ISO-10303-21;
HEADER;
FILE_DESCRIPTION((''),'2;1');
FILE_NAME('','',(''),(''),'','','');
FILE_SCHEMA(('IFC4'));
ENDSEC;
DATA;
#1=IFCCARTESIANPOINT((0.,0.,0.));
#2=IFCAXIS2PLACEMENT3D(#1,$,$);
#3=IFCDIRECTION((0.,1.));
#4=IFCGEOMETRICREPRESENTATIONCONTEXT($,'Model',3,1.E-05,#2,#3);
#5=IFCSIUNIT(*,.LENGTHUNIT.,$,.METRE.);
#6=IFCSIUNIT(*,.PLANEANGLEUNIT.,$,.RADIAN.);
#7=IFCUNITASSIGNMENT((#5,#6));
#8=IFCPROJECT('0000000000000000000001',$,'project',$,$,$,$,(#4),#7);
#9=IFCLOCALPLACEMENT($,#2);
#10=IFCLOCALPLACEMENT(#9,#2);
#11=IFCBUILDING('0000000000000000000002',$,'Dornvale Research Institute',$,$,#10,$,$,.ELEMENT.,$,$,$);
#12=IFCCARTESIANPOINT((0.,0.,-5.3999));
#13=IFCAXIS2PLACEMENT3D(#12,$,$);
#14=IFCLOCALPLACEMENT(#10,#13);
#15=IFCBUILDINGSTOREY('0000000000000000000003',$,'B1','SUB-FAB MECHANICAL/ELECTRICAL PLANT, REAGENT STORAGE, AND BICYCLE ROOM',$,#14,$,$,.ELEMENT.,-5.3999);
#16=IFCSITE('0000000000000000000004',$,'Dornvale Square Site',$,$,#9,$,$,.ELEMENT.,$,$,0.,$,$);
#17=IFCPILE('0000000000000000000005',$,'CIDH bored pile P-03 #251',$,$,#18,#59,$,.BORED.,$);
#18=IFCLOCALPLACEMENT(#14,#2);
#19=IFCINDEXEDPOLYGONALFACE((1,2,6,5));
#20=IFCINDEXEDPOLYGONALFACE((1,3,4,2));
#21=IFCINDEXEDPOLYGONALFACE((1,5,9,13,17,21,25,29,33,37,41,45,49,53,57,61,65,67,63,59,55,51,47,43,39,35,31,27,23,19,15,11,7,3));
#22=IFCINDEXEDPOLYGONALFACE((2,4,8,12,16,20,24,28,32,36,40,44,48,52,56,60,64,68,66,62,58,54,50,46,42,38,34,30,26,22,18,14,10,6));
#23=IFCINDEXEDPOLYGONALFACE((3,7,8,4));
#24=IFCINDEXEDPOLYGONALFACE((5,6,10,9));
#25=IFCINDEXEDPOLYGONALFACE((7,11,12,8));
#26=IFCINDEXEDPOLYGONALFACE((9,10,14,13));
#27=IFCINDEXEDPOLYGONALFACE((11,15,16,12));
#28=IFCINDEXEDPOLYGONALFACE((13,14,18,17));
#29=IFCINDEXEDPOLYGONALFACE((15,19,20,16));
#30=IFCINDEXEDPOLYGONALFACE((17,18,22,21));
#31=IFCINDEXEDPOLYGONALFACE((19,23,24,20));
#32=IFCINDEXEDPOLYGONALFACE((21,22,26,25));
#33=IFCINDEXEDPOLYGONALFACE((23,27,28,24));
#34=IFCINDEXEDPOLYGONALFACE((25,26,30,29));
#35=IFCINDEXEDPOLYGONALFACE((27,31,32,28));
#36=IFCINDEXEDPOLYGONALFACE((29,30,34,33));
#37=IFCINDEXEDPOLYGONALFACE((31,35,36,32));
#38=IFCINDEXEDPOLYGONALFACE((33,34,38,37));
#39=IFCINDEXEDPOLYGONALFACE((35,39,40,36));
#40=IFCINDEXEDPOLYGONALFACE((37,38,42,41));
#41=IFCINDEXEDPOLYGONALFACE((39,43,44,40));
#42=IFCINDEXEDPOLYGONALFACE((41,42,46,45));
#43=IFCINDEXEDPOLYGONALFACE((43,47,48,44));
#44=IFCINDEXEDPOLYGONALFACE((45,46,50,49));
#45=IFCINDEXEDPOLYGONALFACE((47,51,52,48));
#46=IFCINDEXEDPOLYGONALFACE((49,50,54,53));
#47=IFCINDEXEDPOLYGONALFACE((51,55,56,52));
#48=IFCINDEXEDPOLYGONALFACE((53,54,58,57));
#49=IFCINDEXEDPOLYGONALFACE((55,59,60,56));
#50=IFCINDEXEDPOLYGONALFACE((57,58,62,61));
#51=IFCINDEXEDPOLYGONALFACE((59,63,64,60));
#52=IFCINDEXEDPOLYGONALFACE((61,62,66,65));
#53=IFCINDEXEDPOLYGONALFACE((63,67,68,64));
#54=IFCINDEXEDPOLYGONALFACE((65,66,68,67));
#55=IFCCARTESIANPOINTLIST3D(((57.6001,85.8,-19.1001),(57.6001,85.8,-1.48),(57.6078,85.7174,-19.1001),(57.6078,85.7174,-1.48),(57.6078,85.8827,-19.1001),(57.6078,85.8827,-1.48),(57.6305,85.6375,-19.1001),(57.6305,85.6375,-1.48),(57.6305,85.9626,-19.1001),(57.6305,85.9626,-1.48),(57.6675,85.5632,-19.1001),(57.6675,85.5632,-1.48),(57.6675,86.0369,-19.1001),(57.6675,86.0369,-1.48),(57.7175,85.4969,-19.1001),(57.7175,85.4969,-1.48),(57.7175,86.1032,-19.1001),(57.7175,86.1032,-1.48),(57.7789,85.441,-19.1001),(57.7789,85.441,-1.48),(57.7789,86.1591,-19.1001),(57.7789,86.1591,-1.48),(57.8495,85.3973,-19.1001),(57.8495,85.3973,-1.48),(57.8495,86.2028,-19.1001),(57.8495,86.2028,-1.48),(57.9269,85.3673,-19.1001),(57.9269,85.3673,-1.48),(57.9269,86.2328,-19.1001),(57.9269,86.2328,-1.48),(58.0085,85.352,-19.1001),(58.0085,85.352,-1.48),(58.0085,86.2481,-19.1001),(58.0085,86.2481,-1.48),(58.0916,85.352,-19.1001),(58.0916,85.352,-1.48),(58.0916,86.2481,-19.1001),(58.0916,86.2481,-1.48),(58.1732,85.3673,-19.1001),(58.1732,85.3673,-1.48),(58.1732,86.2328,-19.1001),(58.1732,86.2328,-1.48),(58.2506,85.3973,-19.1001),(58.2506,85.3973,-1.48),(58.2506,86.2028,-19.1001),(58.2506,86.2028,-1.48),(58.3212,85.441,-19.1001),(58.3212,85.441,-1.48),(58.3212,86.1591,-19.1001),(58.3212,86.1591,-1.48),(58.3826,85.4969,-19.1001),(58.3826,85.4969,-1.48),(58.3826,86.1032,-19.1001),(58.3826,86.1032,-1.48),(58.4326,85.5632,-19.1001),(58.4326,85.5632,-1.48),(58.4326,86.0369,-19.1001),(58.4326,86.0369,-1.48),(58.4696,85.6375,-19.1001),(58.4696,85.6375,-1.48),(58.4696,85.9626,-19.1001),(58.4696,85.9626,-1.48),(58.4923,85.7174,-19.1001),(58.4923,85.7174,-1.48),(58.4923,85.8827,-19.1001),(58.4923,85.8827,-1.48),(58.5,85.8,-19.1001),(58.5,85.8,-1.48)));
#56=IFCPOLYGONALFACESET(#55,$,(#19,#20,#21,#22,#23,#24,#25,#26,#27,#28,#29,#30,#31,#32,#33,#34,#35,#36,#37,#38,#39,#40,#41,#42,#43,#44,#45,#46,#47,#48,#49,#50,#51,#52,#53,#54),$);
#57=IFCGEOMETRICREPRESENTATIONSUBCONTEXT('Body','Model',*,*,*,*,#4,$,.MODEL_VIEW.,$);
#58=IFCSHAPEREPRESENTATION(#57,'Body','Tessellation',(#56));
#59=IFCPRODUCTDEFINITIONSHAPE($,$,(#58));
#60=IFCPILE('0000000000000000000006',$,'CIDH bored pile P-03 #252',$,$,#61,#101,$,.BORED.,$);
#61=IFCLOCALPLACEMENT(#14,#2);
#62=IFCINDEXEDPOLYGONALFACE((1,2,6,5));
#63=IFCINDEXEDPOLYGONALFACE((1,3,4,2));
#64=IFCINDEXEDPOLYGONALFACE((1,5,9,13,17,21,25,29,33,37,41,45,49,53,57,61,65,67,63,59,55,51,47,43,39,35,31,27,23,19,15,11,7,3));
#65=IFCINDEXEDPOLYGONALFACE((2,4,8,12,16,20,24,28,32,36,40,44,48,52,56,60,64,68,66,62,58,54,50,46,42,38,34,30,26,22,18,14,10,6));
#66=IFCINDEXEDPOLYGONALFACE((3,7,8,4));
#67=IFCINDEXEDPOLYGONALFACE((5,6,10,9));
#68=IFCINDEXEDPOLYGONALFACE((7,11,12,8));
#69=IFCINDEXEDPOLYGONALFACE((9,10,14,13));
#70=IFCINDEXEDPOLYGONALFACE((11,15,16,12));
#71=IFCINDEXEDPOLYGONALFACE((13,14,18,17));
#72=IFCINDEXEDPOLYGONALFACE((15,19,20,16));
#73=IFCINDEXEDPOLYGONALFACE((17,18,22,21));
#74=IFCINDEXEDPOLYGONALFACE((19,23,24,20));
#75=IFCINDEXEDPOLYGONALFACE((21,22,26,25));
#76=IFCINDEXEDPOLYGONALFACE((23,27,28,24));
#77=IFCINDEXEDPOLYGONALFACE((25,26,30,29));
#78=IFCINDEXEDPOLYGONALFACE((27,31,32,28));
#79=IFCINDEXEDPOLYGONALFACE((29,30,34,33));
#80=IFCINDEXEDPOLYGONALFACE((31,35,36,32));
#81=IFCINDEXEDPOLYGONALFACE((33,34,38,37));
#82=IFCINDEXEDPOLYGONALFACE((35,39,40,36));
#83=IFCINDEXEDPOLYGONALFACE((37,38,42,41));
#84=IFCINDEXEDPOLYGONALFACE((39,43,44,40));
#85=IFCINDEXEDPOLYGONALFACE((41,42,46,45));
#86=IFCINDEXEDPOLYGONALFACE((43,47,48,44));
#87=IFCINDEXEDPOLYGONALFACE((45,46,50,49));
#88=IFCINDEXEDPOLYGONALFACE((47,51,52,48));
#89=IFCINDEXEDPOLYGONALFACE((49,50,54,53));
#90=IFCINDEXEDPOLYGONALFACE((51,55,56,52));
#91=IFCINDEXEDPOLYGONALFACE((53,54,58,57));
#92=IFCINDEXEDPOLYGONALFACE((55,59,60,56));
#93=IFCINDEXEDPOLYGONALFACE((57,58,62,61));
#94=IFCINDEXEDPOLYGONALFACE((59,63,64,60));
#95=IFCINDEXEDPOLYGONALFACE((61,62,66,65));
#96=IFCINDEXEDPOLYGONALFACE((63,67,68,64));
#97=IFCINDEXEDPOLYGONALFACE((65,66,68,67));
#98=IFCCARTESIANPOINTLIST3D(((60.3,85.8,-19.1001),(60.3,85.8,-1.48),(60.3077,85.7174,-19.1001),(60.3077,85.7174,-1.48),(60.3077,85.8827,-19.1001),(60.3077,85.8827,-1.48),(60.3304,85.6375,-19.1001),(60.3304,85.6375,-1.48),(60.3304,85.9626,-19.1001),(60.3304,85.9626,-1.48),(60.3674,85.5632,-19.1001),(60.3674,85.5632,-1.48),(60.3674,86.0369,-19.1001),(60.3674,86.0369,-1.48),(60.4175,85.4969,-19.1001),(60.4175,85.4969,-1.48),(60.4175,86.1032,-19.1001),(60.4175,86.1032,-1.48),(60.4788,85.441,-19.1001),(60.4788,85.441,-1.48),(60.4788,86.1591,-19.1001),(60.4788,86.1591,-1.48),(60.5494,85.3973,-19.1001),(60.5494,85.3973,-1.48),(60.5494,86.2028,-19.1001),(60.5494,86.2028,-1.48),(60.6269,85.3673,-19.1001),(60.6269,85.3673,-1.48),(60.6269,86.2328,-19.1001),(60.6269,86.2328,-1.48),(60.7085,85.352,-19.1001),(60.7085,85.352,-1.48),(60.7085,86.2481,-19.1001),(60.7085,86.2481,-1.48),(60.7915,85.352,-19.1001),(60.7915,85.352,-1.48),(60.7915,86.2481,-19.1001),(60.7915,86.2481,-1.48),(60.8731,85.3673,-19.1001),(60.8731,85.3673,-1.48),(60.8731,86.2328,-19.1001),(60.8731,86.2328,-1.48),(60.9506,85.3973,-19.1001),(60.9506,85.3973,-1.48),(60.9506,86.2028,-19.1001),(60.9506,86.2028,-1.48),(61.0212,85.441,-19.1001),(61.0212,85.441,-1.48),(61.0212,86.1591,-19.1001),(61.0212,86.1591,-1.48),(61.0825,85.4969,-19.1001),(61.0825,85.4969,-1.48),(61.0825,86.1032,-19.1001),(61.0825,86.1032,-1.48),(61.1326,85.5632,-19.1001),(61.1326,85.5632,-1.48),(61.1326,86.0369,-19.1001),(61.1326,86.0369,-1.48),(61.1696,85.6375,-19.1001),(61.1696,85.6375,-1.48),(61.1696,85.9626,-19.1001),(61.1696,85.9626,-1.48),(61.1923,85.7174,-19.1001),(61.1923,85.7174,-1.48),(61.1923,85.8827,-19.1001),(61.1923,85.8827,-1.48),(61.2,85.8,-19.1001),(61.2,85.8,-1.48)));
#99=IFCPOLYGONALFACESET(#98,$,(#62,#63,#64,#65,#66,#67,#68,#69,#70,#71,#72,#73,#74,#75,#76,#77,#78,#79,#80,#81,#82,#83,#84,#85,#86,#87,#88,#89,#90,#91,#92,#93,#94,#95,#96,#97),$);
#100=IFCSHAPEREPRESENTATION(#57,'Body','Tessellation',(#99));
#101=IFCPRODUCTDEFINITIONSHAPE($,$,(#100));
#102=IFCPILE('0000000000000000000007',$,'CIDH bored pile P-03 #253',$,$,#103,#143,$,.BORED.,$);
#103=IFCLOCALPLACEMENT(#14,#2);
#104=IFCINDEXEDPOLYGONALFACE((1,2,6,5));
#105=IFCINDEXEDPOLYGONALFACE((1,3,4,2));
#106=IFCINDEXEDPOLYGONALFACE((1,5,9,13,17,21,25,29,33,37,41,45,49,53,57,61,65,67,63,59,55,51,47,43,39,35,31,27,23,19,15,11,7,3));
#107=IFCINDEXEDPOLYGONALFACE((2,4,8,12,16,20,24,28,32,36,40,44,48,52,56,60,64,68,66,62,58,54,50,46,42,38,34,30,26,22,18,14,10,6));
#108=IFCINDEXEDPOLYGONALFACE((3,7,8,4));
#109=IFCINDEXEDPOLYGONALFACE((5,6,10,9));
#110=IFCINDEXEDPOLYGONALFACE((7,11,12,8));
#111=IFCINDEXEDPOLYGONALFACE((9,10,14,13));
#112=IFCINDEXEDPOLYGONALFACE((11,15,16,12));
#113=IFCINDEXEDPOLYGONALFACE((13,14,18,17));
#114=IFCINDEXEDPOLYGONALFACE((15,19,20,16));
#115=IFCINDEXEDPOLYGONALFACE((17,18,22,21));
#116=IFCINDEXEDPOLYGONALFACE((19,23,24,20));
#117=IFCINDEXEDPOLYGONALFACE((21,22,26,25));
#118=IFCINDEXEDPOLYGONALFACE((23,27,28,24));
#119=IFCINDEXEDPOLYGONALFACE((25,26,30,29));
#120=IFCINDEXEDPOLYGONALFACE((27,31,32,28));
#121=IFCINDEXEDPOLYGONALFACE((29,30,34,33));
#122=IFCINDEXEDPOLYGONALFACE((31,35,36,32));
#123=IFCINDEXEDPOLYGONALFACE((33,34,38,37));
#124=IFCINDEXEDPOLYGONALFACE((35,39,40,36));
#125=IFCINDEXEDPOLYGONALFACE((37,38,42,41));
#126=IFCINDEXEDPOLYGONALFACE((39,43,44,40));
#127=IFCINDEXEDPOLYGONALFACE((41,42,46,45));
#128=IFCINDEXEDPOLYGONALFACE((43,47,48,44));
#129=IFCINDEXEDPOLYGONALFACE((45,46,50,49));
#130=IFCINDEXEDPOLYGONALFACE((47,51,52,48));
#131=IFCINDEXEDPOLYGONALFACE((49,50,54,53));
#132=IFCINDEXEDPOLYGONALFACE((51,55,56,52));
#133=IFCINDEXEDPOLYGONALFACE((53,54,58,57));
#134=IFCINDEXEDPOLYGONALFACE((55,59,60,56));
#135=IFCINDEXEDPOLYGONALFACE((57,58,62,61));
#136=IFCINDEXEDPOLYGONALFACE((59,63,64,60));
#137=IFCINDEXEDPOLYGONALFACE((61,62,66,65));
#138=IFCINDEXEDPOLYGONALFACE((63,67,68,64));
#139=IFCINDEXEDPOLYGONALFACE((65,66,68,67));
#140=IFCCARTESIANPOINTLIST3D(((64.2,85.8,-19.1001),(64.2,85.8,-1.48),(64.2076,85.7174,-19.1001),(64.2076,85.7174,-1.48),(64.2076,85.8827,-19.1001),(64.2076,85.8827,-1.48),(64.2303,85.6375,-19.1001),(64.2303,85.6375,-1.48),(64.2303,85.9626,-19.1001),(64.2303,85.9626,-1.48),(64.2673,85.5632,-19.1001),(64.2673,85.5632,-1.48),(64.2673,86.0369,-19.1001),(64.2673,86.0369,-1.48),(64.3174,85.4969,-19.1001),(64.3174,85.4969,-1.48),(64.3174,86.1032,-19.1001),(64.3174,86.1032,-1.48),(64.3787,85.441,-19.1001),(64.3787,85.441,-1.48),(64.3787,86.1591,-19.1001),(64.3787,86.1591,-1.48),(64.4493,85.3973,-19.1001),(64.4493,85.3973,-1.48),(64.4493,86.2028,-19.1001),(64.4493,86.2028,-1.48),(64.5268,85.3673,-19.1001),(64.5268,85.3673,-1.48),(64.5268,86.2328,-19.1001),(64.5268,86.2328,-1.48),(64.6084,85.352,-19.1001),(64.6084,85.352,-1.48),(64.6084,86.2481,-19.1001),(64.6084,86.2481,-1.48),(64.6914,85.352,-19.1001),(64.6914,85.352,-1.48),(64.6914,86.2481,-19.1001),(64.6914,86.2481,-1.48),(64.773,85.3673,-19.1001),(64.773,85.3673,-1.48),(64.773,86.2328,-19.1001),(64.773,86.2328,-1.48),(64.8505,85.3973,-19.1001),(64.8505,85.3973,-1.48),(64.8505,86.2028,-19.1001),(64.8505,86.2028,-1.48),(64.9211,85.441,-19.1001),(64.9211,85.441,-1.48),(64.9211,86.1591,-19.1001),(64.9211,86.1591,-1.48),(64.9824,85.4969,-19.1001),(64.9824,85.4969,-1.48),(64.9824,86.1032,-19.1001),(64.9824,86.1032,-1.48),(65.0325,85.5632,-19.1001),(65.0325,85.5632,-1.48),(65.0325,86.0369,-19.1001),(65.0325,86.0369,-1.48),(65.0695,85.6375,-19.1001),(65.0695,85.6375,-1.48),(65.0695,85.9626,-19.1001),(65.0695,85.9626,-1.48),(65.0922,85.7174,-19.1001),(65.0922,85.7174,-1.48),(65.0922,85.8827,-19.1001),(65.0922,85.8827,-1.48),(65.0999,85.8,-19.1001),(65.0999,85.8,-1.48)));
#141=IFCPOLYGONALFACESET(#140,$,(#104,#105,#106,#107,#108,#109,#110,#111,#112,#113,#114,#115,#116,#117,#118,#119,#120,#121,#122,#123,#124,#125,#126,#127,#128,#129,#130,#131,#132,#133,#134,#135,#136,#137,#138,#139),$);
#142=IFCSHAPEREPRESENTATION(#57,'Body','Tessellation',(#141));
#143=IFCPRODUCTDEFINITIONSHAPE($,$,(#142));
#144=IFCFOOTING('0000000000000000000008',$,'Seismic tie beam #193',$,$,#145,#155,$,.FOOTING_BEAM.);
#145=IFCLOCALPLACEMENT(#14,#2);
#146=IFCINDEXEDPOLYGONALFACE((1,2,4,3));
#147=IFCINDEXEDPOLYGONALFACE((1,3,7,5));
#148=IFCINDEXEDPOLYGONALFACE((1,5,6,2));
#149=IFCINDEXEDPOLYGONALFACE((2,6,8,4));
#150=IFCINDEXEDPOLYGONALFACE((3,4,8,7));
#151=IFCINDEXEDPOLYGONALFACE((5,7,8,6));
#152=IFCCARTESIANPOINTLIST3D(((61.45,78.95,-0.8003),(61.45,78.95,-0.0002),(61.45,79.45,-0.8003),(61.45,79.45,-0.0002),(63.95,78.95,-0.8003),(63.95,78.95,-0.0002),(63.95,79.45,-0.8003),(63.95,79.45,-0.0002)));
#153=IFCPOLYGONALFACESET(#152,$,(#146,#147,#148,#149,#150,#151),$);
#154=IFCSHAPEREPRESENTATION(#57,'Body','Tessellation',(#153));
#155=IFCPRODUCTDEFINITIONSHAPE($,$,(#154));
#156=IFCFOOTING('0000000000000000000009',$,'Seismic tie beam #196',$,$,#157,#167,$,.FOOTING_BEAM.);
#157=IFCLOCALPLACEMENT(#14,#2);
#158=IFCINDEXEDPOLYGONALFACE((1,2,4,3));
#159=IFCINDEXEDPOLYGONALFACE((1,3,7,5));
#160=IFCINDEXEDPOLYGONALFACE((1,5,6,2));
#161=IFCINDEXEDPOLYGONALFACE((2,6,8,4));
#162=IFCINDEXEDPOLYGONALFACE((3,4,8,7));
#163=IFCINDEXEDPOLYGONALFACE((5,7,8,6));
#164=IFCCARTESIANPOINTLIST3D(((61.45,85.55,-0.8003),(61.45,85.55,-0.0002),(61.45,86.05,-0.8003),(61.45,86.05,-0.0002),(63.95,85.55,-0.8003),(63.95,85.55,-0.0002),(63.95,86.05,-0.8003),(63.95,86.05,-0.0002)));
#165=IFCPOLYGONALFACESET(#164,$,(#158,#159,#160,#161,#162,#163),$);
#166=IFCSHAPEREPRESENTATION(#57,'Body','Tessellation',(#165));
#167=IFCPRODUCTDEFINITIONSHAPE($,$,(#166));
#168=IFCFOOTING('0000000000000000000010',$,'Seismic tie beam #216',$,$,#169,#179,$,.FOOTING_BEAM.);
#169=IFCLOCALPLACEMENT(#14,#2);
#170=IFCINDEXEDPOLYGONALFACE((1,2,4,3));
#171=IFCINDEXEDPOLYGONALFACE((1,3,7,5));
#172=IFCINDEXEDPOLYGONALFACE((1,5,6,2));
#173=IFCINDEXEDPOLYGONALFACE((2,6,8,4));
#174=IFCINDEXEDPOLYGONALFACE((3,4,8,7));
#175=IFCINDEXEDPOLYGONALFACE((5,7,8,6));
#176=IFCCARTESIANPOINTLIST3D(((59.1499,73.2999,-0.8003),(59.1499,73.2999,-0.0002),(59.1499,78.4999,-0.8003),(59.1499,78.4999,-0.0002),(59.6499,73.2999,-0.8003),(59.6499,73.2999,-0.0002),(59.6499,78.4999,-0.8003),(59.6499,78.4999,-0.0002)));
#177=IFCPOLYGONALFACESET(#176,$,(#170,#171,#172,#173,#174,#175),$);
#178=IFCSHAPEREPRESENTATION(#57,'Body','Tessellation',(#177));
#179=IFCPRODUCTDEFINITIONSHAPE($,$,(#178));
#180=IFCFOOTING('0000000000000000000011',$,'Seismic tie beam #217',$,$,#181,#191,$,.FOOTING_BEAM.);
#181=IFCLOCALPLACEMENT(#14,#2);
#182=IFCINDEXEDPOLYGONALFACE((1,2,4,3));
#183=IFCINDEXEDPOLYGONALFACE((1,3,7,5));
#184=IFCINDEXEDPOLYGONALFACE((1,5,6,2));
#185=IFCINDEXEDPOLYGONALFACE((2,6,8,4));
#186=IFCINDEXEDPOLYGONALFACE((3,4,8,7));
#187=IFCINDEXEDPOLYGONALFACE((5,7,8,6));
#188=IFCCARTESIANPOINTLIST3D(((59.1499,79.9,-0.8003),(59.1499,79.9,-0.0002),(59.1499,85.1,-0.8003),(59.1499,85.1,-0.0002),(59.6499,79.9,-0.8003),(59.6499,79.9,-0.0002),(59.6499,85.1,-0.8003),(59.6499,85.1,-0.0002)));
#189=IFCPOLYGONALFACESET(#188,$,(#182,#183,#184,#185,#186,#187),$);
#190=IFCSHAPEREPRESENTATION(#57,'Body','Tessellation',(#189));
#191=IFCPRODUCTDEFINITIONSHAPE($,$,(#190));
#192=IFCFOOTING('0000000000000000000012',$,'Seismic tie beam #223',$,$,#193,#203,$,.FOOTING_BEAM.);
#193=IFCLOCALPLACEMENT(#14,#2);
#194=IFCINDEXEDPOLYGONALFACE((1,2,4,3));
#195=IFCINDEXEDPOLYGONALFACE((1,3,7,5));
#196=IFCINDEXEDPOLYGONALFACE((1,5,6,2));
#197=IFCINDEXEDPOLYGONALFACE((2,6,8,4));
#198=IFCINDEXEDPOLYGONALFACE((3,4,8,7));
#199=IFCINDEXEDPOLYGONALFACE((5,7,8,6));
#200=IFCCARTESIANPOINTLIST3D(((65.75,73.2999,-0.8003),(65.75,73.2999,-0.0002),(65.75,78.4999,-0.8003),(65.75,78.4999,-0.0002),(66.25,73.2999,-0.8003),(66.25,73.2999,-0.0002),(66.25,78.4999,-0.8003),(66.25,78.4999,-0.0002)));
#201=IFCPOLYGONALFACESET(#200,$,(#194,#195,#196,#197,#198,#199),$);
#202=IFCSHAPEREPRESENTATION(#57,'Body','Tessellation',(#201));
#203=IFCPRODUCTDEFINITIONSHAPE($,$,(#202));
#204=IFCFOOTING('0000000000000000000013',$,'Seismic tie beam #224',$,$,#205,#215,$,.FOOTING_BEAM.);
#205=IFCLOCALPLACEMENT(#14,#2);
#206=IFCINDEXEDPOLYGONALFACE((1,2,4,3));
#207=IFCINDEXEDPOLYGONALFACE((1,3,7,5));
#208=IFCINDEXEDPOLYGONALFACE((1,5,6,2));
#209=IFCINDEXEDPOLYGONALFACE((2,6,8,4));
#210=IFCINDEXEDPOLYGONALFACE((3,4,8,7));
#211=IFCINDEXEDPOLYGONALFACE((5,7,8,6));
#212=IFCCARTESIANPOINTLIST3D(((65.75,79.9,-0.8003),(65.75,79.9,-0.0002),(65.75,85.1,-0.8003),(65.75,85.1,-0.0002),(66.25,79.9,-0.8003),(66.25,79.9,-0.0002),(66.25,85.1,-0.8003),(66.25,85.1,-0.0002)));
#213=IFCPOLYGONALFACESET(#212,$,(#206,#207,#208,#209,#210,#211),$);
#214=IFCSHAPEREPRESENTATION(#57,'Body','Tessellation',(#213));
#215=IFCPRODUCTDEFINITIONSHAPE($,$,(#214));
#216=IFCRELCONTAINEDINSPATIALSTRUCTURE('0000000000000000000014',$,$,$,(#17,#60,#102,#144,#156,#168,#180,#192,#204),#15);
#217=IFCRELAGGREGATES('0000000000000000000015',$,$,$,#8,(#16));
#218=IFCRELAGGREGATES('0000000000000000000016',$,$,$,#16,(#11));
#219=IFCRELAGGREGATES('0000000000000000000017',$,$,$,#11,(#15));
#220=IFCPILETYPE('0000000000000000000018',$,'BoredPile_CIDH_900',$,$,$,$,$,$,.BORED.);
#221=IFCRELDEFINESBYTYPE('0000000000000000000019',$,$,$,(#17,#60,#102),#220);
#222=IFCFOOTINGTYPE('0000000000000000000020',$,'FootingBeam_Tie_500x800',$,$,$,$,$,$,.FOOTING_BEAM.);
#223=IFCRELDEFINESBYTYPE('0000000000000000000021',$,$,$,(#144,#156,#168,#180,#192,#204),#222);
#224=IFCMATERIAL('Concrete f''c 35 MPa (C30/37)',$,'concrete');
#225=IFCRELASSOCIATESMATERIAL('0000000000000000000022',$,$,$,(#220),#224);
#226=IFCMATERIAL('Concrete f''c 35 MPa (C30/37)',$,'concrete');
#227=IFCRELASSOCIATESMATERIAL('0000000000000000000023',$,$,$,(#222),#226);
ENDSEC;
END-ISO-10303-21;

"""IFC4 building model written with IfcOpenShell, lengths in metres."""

from ifc_helpers import new_model, si_unit, direction, frame, origin, origin_2d, place, context, subcontext, project, spatial, rectangle, circle, extrude, material, material_profile, profile_set, type_object, element, save


model = new_model("IFC4")

# Units and contexts
model_context = context("Model", 3, precision=1e-05, world=origin(), true_north=direction((0.0, 1.0)))
body_context = subcontext(model_context, "Body", "Model", "MODEL_VIEW")
ifc_project = project(units=[si_unit("LENGTHUNIT", "METRE"), si_unit("PLANEANGLEUNIT", "RADIAN")], contexts=[model_context])

# Site, building, storey
site_placement = place(None, origin())
site = spatial("IfcSite", under=ifc_project, at=site_placement, Name="Dornvale Square Site", CompositionType="ELEMENT", RefElevation=0.0)
building_placement = place(site_placement, origin())
building = spatial("IfcBuilding", under=site, at=building_placement, Name="Dornvale Research Institute", CompositionType="ELEMENT")
storey_placement = place(building_placement, frame((0.0, 0.0, -5.3999)))
storey = spatial("IfcBuildingStorey", under=building, at=storey_placement, Name="B1", Description="SUB-FAB MECHANICAL/ELECTRICAL PLANT, REAGENT STORAGE, AND BICYCLE ROOM", CompositionType="ELEMENT", Elevation=-5.3999)

# Piles
ifc_material_1 = material(Name="Concrete f'c 35 MPa (C30/37)", Category="concrete")
ifc_material_profile_1 = material_profile(ifc_material_1, circle(Radius=0.45, at=origin_2d()), Name="CIDH PILE D900")
ifc_profile_set_1 = profile_set([ifc_material_profile_1], Name="Concrete f'c 35 MPa (C30/37)")
pile_type = type_object("IfcPileType", Name="BoredPile_CIDH_900", PredefinedType="BORED", material=ifc_profile_set_1)
for number, where, z_axis, x_axis, name in (
    (1, (58.05, 85.8, -1.48), (0.0, 0.0, -1.0), (1.0, 0.0, 0.0), "CIDH bored pile P-03 #251"),
    (2, (60.75, 85.8, -1.48), (0.0, 0.0, -1.0), (1.0, 0.0, 0.0), "CIDH bored pile P-03 #252"),
    (3, (64.6499, 85.8, -1.48), (0.0, 0.0, -1.0), (1.0, 0.0, 0.0), "CIDH bored pile P-03 #253"),
):
    element("IfcPile", number, at=place(storey_placement, frame(where, z_axis=z_axis, x_axis=x_axis)), inside=storey, type_object=pile_type, Name=name, PredefinedType="BORED", context=body_context, shape_type="SweptSolid", body=[
        extrude(circle(Radius=0.45, at=origin_2d()), origin(), (0.0, 0.0, 1.0), 17.6201),
    ])

# Footings
ifc_material_2 = material(Name="Concrete f'c 35 MPa (C30/37)", Category="concrete")
footing_type_1 = type_object("IfcFootingType", Name="FootingBeam_Tie_500x800", PredefinedType="FOOTING_BEAM", material=ifc_material_2)
for number, where, z_axis, x_axis, name in (
    (4, (62.7, 79.2, -0.8003), (0.0, 0.0, 1.0), (1.0, 0.0, 0.0), "Seismic tie beam #193"),
    (5, (62.7, 85.8, -0.8003), (0.0, 0.0, 1.0), (1.0, 0.0, 0.0), "Seismic tie beam #196"),
):
    element("IfcFooting", number, at=place(storey_placement, frame(where, z_axis=z_axis, x_axis=x_axis)), inside=storey, type_object=footing_type_1, Name=name, PredefinedType="FOOTING_BEAM", context=body_context, shape_type="SweptSolid", body=[
        extrude(rectangle(XDim=2.5, YDim=0.5, at=origin_2d()), origin(), (0.0, 0.0, 1.0), 0.8),
    ])
for number, where, z_axis, x_axis, name in (
    (6, (59.3999, 75.8999, -0.8003), (0.0, 0.0, 1.0), (0.0, 1.0, 0.0), "Seismic tie beam #216"),
    (7, (59.3999, 82.5, -0.8003), (0.0, 0.0, 1.0), (0.0, 1.0, 0.0), "Seismic tie beam #217"),
    (8, (66.0, 75.8999, -0.8003), (0.0, 0.0, 1.0), (0.0, 1.0, 0.0), "Seismic tie beam #223"),
    (9, (66.0, 82.5, -0.8003), (0.0, 0.0, 1.0), (0.0, 1.0, 0.0), "Seismic tie beam #224"),
):
    element("IfcFooting", number, at=place(storey_placement, frame(where, z_axis=z_axis, x_axis=x_axis)), inside=storey, type_object=footing_type_1, Name=name, PredefinedType="FOOTING_BEAM", context=body_context, shape_type="SweptSolid", body=[
        extrude(rectangle(XDim=5.2, YDim=0.5, at=origin_2d()), origin(), (0.0, 0.0, 1.0), 0.8),
    ])

save(model, "model.ifc")
